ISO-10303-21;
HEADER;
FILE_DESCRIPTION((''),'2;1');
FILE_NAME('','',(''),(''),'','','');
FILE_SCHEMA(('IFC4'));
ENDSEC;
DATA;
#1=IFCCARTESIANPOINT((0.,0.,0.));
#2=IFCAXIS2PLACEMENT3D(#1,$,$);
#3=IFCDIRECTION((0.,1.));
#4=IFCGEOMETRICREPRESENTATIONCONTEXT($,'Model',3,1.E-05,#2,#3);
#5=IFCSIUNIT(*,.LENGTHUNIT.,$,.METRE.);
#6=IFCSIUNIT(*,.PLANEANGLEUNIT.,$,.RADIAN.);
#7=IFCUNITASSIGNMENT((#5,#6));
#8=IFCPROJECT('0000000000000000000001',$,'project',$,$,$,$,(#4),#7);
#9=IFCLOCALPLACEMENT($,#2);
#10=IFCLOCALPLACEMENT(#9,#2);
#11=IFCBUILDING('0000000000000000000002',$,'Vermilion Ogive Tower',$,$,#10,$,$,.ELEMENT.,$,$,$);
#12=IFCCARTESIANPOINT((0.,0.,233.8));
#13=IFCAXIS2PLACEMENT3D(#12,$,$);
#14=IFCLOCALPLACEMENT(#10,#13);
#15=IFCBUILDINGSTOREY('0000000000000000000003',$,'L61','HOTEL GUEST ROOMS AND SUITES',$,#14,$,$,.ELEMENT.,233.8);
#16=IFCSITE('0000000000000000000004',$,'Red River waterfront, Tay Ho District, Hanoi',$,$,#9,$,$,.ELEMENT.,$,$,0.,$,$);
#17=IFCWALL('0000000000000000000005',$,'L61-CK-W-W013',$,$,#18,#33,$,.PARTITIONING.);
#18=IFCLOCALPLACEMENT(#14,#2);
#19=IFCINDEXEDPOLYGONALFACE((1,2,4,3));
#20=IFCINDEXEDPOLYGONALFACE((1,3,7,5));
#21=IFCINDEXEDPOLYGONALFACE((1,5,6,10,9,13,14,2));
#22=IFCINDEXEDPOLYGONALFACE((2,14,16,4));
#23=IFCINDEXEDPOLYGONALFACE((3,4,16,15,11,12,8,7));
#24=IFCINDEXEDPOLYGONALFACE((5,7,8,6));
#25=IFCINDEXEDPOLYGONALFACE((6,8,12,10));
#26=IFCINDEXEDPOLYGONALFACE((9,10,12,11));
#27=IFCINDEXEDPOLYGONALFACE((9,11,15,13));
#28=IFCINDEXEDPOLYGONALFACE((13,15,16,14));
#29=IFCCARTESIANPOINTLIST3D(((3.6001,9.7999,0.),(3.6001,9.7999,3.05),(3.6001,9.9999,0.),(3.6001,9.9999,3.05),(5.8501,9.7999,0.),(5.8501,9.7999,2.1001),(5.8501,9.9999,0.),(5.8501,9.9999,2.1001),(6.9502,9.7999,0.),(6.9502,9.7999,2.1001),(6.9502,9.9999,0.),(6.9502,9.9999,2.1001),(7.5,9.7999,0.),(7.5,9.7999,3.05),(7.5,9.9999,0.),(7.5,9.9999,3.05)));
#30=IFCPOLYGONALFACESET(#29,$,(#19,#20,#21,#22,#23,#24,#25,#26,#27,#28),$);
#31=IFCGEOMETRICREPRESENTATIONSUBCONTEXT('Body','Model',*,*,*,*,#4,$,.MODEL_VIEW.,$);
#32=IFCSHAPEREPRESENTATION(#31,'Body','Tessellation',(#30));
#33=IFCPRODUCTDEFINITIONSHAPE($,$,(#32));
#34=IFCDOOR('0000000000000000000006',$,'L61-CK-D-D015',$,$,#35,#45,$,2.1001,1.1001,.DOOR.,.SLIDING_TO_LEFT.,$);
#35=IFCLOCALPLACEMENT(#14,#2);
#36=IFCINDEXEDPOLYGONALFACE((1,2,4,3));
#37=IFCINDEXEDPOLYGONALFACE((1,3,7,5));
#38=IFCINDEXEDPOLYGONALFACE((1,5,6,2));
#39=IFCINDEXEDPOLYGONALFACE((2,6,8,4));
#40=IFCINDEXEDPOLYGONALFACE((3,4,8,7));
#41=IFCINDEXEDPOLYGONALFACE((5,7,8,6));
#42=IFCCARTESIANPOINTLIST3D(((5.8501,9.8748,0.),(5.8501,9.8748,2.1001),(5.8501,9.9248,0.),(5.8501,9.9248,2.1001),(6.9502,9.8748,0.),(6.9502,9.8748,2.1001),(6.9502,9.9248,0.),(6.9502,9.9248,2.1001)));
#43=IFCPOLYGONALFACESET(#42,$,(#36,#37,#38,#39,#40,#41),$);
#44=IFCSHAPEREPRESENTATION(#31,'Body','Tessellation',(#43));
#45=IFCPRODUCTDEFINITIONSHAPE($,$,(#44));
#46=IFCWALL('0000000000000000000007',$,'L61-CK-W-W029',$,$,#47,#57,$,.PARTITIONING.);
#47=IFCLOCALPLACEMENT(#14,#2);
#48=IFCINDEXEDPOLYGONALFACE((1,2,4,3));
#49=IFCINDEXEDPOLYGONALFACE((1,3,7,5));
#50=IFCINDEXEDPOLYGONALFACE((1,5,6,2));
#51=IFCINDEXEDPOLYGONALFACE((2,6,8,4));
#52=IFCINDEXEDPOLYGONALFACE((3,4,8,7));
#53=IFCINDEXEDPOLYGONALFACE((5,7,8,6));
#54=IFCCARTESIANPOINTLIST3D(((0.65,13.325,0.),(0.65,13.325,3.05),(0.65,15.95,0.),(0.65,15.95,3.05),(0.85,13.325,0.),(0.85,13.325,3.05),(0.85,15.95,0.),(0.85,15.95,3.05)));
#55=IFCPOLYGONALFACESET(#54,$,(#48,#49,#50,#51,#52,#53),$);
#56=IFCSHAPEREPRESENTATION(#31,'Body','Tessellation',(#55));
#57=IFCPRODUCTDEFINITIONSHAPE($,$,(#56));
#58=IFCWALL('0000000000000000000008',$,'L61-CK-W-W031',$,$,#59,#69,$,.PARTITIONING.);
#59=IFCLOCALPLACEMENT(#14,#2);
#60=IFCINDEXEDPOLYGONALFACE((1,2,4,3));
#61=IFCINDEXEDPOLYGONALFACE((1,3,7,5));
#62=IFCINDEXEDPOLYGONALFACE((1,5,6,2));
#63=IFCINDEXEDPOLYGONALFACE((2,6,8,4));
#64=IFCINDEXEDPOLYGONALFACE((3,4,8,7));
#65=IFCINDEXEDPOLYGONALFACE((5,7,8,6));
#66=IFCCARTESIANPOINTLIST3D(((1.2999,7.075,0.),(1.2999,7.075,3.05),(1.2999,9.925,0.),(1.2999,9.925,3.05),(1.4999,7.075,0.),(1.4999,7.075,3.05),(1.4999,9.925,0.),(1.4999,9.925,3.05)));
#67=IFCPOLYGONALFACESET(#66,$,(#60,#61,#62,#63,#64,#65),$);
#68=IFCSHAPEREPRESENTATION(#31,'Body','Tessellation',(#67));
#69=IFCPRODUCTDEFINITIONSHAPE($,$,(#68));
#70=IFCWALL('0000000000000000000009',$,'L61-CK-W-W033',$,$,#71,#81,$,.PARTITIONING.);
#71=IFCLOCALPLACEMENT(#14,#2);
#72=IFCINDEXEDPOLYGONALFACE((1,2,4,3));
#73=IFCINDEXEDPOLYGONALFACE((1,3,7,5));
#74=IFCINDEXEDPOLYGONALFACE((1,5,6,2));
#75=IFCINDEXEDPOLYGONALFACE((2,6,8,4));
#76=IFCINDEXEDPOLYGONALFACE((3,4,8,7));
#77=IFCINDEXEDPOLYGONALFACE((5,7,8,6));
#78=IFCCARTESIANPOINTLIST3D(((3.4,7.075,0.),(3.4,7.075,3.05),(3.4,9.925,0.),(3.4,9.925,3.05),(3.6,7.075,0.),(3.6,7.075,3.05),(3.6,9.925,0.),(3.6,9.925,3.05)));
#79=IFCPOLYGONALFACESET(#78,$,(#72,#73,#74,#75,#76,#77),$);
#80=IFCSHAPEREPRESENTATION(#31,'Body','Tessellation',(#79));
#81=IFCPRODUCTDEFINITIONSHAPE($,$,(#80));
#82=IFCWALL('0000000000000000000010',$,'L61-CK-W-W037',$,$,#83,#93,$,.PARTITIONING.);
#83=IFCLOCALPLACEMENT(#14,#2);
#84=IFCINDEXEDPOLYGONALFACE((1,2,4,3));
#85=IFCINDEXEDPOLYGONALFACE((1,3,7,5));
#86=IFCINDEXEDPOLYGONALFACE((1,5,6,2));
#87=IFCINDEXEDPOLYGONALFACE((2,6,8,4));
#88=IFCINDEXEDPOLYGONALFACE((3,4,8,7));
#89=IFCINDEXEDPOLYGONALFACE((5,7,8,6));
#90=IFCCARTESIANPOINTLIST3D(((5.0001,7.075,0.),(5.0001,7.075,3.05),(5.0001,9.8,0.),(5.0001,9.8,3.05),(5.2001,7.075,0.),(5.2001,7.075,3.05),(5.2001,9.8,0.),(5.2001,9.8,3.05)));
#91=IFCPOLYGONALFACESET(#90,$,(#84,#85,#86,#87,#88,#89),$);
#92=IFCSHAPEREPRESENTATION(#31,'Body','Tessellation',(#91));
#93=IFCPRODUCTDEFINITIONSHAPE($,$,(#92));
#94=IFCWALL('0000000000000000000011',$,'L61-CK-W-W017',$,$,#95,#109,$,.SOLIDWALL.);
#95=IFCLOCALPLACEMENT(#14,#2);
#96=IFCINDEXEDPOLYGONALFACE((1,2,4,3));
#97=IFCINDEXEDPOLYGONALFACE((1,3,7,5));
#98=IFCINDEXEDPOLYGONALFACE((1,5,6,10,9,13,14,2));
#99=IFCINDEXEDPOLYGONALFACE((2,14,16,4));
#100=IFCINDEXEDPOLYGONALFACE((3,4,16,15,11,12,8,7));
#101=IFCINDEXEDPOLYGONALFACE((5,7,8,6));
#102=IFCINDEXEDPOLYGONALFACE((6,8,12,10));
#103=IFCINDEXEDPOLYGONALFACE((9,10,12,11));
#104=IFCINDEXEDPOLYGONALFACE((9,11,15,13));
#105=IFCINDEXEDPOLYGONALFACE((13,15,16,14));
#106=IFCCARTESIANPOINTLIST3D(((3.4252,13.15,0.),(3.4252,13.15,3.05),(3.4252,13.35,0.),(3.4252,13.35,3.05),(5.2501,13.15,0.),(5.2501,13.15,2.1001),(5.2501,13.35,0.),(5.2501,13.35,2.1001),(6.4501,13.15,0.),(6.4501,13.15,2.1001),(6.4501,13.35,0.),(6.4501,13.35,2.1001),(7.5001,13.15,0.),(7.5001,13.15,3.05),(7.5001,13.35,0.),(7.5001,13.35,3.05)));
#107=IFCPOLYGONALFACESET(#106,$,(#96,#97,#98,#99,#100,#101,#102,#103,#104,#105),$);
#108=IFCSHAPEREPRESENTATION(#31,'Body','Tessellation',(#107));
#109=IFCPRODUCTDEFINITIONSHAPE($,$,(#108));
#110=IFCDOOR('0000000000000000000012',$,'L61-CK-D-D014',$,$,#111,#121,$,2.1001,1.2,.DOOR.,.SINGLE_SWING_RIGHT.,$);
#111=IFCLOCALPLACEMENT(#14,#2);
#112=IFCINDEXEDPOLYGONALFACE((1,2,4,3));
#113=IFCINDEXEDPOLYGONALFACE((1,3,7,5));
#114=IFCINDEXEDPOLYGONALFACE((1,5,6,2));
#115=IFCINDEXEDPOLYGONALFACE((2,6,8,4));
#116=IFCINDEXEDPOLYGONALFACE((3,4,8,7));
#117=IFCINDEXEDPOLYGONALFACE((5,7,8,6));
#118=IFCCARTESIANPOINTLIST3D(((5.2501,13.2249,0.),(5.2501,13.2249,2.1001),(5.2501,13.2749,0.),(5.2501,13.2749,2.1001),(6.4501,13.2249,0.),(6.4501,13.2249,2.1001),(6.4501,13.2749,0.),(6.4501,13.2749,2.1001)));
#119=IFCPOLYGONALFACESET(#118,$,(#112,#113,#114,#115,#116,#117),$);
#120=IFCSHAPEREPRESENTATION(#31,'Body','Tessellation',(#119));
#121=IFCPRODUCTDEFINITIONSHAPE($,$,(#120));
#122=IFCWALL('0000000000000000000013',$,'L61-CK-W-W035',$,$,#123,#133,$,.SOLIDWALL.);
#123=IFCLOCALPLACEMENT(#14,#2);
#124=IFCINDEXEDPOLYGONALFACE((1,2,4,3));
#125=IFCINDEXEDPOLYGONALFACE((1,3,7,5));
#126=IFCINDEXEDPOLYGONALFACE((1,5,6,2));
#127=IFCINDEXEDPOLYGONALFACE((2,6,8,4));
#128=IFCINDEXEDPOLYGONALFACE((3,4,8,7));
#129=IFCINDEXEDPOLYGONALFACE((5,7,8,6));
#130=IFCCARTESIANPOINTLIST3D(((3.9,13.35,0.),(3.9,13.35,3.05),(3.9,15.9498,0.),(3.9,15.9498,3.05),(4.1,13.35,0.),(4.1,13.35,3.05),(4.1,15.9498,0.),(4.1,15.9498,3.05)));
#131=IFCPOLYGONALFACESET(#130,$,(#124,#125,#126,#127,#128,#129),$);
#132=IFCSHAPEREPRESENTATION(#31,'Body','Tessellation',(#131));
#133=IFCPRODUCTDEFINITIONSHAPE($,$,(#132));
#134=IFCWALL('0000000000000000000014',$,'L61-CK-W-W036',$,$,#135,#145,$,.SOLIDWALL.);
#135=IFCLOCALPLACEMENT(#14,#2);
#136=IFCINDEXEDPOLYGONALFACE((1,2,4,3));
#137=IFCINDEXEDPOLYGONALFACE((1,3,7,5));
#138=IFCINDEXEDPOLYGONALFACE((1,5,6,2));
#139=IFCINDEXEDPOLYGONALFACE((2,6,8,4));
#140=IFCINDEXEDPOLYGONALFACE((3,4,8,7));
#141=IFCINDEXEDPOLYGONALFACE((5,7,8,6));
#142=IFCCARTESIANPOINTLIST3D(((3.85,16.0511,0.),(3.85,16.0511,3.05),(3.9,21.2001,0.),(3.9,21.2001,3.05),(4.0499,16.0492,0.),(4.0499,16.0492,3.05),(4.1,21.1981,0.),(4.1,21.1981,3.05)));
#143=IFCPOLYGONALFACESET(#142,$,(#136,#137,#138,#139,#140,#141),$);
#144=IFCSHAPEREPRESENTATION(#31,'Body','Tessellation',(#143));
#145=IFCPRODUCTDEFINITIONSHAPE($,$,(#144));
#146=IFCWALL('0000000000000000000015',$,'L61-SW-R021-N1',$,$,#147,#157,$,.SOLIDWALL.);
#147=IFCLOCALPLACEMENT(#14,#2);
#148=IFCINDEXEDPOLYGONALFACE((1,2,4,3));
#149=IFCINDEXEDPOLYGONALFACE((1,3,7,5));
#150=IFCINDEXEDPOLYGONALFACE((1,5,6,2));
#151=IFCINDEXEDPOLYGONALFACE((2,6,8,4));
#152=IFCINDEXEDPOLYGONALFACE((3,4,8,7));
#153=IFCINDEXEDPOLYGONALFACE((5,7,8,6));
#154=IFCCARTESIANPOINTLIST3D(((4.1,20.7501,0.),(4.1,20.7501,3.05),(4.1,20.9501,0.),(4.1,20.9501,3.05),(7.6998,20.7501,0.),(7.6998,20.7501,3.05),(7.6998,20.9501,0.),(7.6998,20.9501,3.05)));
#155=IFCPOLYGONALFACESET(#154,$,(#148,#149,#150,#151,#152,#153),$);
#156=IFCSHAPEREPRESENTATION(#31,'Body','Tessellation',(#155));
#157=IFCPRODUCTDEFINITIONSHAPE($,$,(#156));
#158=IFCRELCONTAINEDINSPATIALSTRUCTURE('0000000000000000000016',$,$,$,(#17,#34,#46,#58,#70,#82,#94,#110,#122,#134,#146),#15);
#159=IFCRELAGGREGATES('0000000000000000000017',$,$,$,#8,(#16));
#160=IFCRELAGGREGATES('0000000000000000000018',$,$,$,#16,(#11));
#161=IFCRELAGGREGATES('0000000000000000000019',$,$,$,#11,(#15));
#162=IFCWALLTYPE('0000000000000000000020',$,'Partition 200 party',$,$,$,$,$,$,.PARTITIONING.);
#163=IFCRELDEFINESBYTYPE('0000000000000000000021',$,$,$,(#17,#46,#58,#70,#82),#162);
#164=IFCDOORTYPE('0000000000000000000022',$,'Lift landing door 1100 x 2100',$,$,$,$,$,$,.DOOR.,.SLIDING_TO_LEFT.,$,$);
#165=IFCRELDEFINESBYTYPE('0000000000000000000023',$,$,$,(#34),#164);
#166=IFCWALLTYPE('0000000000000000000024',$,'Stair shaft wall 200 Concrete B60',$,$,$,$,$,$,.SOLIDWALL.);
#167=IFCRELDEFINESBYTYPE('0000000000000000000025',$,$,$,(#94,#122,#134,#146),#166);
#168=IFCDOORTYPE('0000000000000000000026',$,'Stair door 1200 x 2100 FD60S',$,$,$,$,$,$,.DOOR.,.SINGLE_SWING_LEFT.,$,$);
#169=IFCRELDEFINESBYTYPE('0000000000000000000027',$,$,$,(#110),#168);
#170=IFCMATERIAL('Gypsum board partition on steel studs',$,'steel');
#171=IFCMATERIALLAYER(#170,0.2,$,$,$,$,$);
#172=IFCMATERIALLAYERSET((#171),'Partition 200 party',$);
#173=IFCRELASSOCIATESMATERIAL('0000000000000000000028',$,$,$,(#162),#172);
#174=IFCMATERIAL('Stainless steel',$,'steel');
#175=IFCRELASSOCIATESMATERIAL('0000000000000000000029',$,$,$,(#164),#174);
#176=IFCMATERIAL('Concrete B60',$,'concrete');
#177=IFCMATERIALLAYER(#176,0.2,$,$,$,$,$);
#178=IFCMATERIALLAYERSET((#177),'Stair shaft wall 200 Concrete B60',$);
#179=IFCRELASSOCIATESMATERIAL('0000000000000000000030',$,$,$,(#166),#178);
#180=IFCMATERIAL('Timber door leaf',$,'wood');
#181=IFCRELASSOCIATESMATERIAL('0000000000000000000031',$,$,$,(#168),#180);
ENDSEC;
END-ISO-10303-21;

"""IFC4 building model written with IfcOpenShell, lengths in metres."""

from ifc_helpers import new_model, si_unit, direction, frame, frame_2d, origin, place, context, subcontext, project, spatial, rectangle, extrude, material, layer, layer_set, type_object, element, fill, save


model = new_model("IFC4")

# Units and contexts
model_context = context("Model", 3, precision=1e-05, world=origin(), true_north=direction((0.0, 1.0)))
body_context = subcontext(model_context, "Body", "Model", "MODEL_VIEW")
ifc_project = project(units=[si_unit("LENGTHUNIT", "METRE"), si_unit("PLANEANGLEUNIT", "RADIAN")], contexts=[model_context])

# Site, building, storey
site_placement = place(None, origin())
site = spatial("IfcSite", under=ifc_project, at=site_placement, Name="Red River waterfront, Tay Ho District, Hanoi", CompositionType="ELEMENT", RefElevation=0.0)
building_placement = place(site_placement, origin())
building = spatial("IfcBuilding", under=site, at=building_placement, Name="Vermilion Ogive Tower", CompositionType="ELEMENT")
storey_placement = place(building_placement, frame((0.0, 0.0, 233.8)))
storey = spatial("IfcBuildingStorey", under=building, at=storey_placement, Name="L61", Description="HOTEL GUEST ROOMS AND SUITES", CompositionType="ELEMENT", Elevation=233.8)

# Shared definitions
ifc_material_1 = material(Name="Gypsum board partition on steel studs", Category="steel")
ifc_layer_1 = layer(ifc_material_1, 0.2)
ifc_layer_set_1 = layer_set([ifc_layer_1], Name="Partition 200 party")
wall_type_1 = type_object("IfcWallType", Name="Partition 200 party", PredefinedType="PARTITIONING", material=ifc_layer_set_1)

# Wall, opening, door
wall_1_placement = place(storey_placement, frame((3.6001, 9.8999, 0.0), z_axis=(0.0, 0.0, 1.0), x_axis=(1.0, 0.0, 0.0)))
wall_1 = element("IfcWall", 1, at=wall_1_placement, inside=storey, type_object=wall_type_1, Name="L61-CK-W-W013", PredefinedType="PARTITIONING", context=body_context, shape_type="SweptSolid", body=[
    extrude(rectangle(XDim=3.8999, YDim=0.2, at=frame_2d((1.95, 0.0))), origin(), (0.0, 0.0, 1.0), 3.05),
])
opening_1_placement = place(wall_1_placement, frame((2.25, 0.0, 0.0)))
opening_1 = element("IfcOpeningElement", 2, at=opening_1_placement, cuts=wall_1, PredefinedType="OPENING", context=body_context, shape_type="SweptSolid", body=[
    extrude(rectangle(XDim=1.1001, YDim=2.1001, at=frame_2d((0.55, 1.05))), frame((0.0, 0.1099, 0.0), z_axis=(0.0, -1.0, 0.0), x_axis=(1.0, 0.0, 0.0)), (0.0, 0.0, 1.0), 0.22),
])
ifc_material_2 = material(Name="Stainless steel", Category="steel")
door_type_1 = type_object("IfcDoorType", Name="Lift landing door 1100 x 2100", OperationType="SLIDING_TO_LEFT", PredefinedType="DOOR", material=ifc_material_2)
door_1_placement = place(opening_1_placement, origin())
door_1 = element("IfcDoor", 3, at=door_1_placement, inside=storey, type_object=door_type_1, Name="L61-CK-D-D015", OperationType="SLIDING_TO_LEFT", OverallHeight=2.1001, OverallWidth=1.1001, PredefinedType="DOOR", context=body_context, shape_type="SweptSolid", body=[
    extrude(rectangle(XDim=1.1001, YDim=2.1001, at=frame_2d((0.55, 1.05))), frame((0.0, 0.0249, 0.0), z_axis=(0.0, -1.0, 0.0), x_axis=(1.0, 0.0, 0.0)), (0.0, 0.0, 1.0), 0.05),
])
fill(opening_1, door_1)

# Walls
wall_2_placement = place(storey_placement, frame((0.75, 13.325, 0.0), z_axis=(0.0, 0.0, 1.0), x_axis=(0.0, 1.0, 0.0)))
element("IfcWall", 4, at=wall_2_placement, inside=storey, type_object=wall_type_1, Name="L61-CK-W-W029", PredefinedType="PARTITIONING", context=body_context, shape_type="SweptSolid", body=[
    extrude(rectangle(XDim=2.625, YDim=0.2, at=frame_2d((1.3125, 0.0))), origin(), (0.0, 0.0, 1.0), 3.05),
])
for number, where, z_axis, x_axis, name in (
    (5, (1.3999, 7.075, 0.0), (0.0, 0.0, 1.0), (0.0, 1.0, 0.0), "L61-CK-W-W031"),
    (6, (3.5, 7.075, 0.0), (0.0, 0.0, 1.0), (0.0, 1.0, 0.0), "L61-CK-W-W033"),
):
    element("IfcWall", number, at=place(storey_placement, frame(where, z_axis=z_axis, x_axis=x_axis)), inside=storey, type_object=wall_type_1, Name=name, PredefinedType="PARTITIONING", context=body_context, shape_type="SweptSolid", body=[
        extrude(rectangle(XDim=2.8501, YDim=0.2, at=frame_2d((1.425, 0.0))), origin(), (0.0, 0.0, 1.0), 3.05),
    ])
wall_3_placement = place(storey_placement, frame((5.1001, 7.075, 0.0), z_axis=(0.0, 0.0, 1.0), x_axis=(0.0, 1.0, 0.0)))
element("IfcWall", 7, at=wall_3_placement, inside=storey, type_object=wall_type_1, Name="L61-CK-W-W037", PredefinedType="PARTITIONING", context=body_context, shape_type="SweptSolid", body=[
    extrude(rectangle(XDim=2.7251, YDim=0.2, at=frame_2d((1.3625, 0.0))), origin(), (0.0, 0.0, 1.0), 3.05),
])

# Wall, opening, door
ifc_material_3 = material(Name="Concrete B60", Category="concrete")
ifc_layer_2 = layer(ifc_material_3, 0.2)
ifc_layer_set_2 = layer_set([ifc_layer_2], Name="Stair shaft wall 200 Concrete B60")
wall_type_2 = type_object("IfcWallType", Name="Stair shaft wall 200 Concrete B60", PredefinedType="SOLIDWALL", material=ifc_layer_set_2)
wall_4_placement = place(storey_placement, frame((3.425, 13.25, 0.0), z_axis=(0.0, 0.0, 1.0), x_axis=(1.0, 0.0, 0.0)))
wall_4 = element("IfcWall", 8, at=wall_4_placement, inside=storey, type_object=wall_type_2, Name="L61-CK-W-W017", PredefinedType="SOLIDWALL", context=body_context, shape_type="SweptSolid", body=[
    extrude(rectangle(XDim=4.075, YDim=0.2, at=frame_2d((2.0376, 0.0))), origin(), (0.0, 0.0, 1.0), 3.05),
])
opening_2_placement = place(wall_4_placement, frame((1.825, 0.0, 0.0)))
opening_2 = element("IfcOpeningElement", 9, at=opening_2_placement, cuts=wall_4, PredefinedType="OPENING", context=body_context, shape_type="SweptSolid", body=[
    extrude(rectangle(XDim=1.2, YDim=2.1001, at=frame_2d((0.6001, 1.05))), frame((0.0, 0.1099, 0.0), z_axis=(0.0, -1.0, 0.0), x_axis=(1.0, 0.0, 0.0)), (0.0, 0.0, 1.0), 0.22),
])
ifc_material_4 = material(Name="Timber door leaf", Category="wood")
door_type_2 = type_object("IfcDoorType", Name="Stair door 1200 x 2100 FD60S", OperationType="SINGLE_SWING_LEFT", PredefinedType="DOOR", material=ifc_material_4)
door_2_placement = place(opening_2_placement, origin())
door_2 = element("IfcDoor", 10, at=door_2_placement, inside=storey, type_object=door_type_2, Name="L61-CK-D-D014", OperationType="SINGLE_SWING_RIGHT", OverallHeight=2.1001, OverallWidth=1.2, PredefinedType="DOOR", context=body_context, shape_type="SweptSolid", body=[
    extrude(rectangle(XDim=1.2, YDim=2.1001, at=frame_2d((0.6001, 1.05))), frame((0.0, 0.0249, 0.0), z_axis=(0.0, -1.0, 0.0), x_axis=(1.0, 0.0, 0.0)), (0.0, 0.0, 1.0), 0.05),
])
fill(opening_2, door_2)

# Walls
wall_5_placement = place(storey_placement, frame((4.0, 13.3501, 0.0), z_axis=(0.0, 0.0, 1.0), x_axis=(0.0, 1.0, 0.0)))
element("IfcWall", 11, at=wall_5_placement, inside=storey, type_object=wall_type_2, Name="L61-CK-W-W035", PredefinedType="SOLIDWALL", context=body_context, shape_type="SweptSolid", body=[
    extrude(rectangle(XDim=2.5999, YDim=0.2, at=frame_2d((1.2998, 0.0))), origin(), (0.0, 0.0, 1.0), 3.05),
])
wall_6_placement = place(storey_placement, frame((3.95, 16.05, 0.0), z_axis=(0.0, 0.0, 1.0), x_axis=(0.00972, 0.999953, 0.0)))
element("IfcWall", 12, at=wall_6_placement, inside=storey, type_object=wall_type_2, Name="L61-CK-W-W036", PredefinedType="SOLIDWALL", context=body_context, shape_type="SweptSolid", body=[
    extrude(rectangle(XDim=5.1492, YDim=0.2, at=frame_2d((2.5747, 0.0))), origin(), (0.0, 0.0, 1.0), 3.05),
])
wall_7_placement = place(storey_placement, frame((4.1001, 20.8501, 0.0), z_axis=(0.0, 0.0, 1.0), x_axis=(1.0, 0.0, 0.0)))
element("IfcWall", 13, at=wall_7_placement, inside=storey, type_object=wall_type_2, Name="L61-SW-R021-N1", PredefinedType="SOLIDWALL", context=body_context, shape_type="SweptSolid", body=[
    extrude(rectangle(XDim=3.5999, YDim=0.2, at=frame_2d((1.7998, 0.0))), origin(), (0.0, 0.0, 1.0), 3.05),
])

save(model, "model.ifc")
